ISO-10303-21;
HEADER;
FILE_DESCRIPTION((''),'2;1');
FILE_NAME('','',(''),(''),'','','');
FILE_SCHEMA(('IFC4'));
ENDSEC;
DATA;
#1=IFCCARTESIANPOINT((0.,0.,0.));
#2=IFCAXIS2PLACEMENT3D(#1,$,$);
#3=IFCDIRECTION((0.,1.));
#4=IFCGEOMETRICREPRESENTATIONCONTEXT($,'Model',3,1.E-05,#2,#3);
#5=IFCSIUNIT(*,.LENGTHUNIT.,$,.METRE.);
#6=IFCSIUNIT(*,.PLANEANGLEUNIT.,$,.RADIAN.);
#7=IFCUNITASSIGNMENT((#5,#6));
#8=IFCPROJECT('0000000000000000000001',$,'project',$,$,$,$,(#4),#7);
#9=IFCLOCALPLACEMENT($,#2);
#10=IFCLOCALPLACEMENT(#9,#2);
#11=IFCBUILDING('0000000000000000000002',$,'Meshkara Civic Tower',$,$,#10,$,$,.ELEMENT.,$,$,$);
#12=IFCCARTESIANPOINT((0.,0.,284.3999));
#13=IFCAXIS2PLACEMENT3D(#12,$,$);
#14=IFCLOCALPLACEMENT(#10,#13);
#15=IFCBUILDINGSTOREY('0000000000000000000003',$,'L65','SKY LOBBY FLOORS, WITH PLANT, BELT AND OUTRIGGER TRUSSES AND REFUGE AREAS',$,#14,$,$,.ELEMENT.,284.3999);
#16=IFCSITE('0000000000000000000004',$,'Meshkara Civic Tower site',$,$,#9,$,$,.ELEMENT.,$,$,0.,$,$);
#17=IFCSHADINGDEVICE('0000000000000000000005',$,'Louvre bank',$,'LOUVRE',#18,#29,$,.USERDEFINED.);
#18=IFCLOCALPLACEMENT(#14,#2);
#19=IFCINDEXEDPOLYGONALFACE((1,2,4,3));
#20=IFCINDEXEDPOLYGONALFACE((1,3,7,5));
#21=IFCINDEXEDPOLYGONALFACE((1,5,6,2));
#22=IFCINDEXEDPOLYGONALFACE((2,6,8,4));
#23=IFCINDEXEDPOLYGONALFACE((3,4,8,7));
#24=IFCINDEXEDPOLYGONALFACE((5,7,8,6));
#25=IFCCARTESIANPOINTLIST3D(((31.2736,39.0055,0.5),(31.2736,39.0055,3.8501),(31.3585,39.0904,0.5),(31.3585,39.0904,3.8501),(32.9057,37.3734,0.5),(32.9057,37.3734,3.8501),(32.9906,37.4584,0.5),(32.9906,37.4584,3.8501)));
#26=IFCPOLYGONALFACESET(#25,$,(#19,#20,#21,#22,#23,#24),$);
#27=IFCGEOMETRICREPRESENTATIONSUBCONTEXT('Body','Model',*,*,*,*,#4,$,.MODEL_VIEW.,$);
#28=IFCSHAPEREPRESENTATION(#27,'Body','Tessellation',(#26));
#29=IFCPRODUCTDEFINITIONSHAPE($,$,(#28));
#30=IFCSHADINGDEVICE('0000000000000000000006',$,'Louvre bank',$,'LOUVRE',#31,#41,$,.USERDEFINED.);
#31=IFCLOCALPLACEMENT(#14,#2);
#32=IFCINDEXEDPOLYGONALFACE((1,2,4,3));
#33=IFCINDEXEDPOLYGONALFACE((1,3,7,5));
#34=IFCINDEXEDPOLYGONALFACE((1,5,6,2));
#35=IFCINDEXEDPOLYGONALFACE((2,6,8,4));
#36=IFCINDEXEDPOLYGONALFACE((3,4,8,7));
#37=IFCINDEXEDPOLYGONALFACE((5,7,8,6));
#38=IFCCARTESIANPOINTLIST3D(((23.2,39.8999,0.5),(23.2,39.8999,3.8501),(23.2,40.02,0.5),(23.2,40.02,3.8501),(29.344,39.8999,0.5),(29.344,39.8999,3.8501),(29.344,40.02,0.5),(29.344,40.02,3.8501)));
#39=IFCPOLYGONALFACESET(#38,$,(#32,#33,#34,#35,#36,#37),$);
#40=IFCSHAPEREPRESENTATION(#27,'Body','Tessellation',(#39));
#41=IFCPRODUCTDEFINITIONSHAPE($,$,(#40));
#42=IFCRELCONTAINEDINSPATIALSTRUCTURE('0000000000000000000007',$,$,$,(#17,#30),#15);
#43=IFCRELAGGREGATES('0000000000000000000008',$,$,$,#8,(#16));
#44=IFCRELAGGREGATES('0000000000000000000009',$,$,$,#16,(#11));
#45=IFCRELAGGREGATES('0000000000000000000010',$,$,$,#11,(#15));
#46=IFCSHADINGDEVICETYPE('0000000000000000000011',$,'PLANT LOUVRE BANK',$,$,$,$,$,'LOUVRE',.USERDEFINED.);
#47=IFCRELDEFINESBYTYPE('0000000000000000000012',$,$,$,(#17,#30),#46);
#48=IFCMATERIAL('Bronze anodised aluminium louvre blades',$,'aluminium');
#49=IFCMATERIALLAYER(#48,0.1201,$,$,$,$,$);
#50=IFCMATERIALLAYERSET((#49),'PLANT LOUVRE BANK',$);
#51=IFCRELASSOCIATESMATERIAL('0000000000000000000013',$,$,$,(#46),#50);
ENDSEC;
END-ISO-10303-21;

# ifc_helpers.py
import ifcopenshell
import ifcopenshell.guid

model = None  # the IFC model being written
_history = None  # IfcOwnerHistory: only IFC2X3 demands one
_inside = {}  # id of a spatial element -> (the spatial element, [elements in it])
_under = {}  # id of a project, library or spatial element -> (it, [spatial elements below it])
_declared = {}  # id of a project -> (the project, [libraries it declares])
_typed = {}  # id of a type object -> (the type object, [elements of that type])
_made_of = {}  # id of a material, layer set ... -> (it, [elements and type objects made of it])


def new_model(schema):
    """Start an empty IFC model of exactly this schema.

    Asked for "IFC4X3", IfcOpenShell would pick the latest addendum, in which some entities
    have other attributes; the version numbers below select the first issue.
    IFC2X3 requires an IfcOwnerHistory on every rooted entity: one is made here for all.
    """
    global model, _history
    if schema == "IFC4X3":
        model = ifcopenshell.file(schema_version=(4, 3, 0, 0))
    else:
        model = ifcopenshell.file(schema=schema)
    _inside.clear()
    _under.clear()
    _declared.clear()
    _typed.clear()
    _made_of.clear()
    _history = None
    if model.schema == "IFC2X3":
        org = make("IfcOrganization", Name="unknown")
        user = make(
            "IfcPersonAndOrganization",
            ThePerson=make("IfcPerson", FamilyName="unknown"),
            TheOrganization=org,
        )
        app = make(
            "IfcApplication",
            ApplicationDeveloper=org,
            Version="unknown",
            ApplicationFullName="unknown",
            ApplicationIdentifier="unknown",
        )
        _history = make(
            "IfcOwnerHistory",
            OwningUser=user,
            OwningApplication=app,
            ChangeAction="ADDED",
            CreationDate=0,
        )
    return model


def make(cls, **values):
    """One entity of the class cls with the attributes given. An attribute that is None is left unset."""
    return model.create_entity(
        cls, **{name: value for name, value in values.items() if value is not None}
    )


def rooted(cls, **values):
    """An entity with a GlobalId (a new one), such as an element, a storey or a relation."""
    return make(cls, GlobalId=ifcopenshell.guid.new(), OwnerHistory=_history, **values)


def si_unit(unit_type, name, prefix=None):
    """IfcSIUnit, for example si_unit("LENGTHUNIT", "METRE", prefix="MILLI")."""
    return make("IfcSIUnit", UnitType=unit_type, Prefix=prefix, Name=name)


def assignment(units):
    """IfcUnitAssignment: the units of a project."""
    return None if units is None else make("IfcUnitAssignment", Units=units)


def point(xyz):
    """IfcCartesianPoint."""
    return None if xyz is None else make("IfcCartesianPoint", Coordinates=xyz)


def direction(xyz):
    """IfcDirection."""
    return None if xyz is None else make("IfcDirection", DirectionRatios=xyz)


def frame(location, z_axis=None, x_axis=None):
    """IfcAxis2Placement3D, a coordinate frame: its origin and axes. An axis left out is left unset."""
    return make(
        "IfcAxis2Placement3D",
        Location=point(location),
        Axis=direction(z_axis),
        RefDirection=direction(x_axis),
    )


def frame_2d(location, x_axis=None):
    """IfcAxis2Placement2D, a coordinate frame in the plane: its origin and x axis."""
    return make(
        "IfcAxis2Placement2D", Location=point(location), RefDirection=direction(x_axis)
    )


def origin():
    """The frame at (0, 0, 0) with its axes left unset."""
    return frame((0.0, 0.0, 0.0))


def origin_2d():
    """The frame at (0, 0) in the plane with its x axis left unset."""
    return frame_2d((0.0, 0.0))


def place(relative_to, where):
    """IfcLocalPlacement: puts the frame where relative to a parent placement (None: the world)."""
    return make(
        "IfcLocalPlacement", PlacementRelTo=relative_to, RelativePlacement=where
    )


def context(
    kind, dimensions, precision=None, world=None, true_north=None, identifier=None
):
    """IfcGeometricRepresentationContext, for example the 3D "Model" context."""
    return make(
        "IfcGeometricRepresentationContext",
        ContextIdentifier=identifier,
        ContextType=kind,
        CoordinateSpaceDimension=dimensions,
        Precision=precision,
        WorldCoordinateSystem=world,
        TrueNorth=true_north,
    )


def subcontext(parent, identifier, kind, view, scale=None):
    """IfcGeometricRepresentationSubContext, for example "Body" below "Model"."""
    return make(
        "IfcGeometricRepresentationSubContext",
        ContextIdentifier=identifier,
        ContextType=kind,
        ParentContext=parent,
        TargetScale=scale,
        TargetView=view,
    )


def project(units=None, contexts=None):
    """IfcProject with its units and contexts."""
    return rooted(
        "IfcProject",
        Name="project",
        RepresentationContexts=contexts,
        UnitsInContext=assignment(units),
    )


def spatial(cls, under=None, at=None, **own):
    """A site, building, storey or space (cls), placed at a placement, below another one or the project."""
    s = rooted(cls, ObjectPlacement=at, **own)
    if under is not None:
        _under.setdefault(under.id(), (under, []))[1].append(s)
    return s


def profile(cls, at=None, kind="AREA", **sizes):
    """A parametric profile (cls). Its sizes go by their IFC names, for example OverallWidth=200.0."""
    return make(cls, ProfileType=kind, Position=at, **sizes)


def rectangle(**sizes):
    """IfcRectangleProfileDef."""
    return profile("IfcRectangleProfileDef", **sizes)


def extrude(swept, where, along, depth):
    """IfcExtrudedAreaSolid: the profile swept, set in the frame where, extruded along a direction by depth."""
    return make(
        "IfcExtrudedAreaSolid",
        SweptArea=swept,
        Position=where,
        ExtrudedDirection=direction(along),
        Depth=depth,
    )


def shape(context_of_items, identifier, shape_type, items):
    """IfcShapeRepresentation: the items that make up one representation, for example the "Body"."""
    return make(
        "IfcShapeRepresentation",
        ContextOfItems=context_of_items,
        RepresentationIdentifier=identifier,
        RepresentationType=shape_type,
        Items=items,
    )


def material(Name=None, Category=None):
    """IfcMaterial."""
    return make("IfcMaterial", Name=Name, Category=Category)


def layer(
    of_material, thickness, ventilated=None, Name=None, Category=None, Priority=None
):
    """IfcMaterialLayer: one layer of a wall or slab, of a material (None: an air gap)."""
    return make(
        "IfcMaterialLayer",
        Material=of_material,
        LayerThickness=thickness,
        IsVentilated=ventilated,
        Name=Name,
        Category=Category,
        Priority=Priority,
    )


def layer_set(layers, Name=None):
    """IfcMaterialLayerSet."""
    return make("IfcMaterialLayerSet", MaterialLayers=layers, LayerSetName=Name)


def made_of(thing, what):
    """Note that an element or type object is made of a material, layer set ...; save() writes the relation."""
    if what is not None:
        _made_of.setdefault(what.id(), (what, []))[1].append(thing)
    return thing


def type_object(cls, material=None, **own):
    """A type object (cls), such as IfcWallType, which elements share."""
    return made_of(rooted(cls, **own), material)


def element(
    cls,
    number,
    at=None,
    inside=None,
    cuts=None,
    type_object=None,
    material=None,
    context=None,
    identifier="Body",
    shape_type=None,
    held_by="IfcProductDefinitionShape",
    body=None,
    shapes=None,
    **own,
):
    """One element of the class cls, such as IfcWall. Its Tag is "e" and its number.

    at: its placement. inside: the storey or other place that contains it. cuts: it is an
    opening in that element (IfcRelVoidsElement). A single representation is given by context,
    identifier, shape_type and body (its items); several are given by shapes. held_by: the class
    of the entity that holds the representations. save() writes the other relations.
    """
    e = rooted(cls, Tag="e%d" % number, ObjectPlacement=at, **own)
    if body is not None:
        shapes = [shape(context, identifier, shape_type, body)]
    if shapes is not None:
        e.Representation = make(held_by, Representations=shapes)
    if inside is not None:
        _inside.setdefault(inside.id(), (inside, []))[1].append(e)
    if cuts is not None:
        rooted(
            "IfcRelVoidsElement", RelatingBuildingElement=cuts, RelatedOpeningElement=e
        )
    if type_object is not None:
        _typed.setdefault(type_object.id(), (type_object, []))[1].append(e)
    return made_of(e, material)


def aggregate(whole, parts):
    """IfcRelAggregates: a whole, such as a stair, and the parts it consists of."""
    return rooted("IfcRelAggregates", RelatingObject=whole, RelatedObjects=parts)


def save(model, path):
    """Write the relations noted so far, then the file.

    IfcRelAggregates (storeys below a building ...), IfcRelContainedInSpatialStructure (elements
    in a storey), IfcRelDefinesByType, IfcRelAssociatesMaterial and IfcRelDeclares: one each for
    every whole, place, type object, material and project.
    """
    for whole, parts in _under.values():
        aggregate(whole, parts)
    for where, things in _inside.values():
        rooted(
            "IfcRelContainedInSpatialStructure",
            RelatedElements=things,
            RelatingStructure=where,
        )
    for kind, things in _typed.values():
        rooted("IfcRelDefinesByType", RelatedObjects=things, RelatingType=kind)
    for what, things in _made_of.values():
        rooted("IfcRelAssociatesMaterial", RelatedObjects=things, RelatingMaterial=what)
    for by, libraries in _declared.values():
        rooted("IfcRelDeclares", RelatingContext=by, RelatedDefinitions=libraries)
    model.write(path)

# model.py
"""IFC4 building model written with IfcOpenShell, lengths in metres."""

from ifc_helpers import new_model, si_unit, direction, frame, origin, origin_2d, place, context, subcontext, project, spatial, rectangle, extrude, material, layer, layer_set, type_object, element, save


model = new_model("IFC4")

# Units and contexts
model_context = context("Model", 3, precision=1e-05, world=origin(), true_north=direction((0.0, 1.0)))
body_context = subcontext(model_context, "Body", "Model", "MODEL_VIEW")
ifc_project = project(units=[si_unit("LENGTHUNIT", "METRE"), si_unit("PLANEANGLEUNIT", "RADIAN")], contexts=[model_context])

# Site, building, storey
site_placement = place(None, origin())
site = spatial("IfcSite", under=ifc_project, at=site_placement, Name="Meshkara Civic Tower site", CompositionType="ELEMENT", RefElevation=0.0)
building_placement = place(site_placement, origin())
building = spatial("IfcBuilding", under=site, at=building_placement, Name="Meshkara Civic Tower", CompositionType="ELEMENT")
storey_placement = place(building_placement, frame((0.0, 0.0, 284.3999)))
storey = spatial("IfcBuildingStorey", under=building, at=storey_placement, Name="L65", Description="SKY LOBBY FLOORS, WITH PLANT, BELT AND OUTRIGGER TRUSSES AND REFUGE AREAS", CompositionType="ELEMENT", Elevation=284.3999)

# Shading devices
ifc_material_1 = material(Name="Bronze anodised aluminium louvre blades", Category="aluminium")
ifc_layer_1 = layer(ifc_material_1, 0.1201)
ifc_layer_set_1 = layer_set([ifc_layer_1], Name="PLANT LOUVRE BANK")
shading_device_type = type_object("IfcShadingDeviceType", Name="PLANT LOUVRE BANK", ElementType="LOUVRE", PredefinedType="USERDEFINED", material=ifc_layer_set_1)
shading_device_1_placement = place(storey_placement, frame((32.1321, 38.2319, 0.5), z_axis=(0.0, 0.0, 1.0), x_axis=(-0.707107, 0.707107, 0.0)))
element("IfcShadingDevice", 1, at=shading_device_1_placement, inside=storey, type_object=shading_device_type, Name="Louvre bank", ObjectType="LOUVRE", PredefinedType="USERDEFINED", context=body_context, shape_type="SweptSolid", body=[
    extrude(rectangle(XDim=2.3081, YDim=0.1201, at=origin_2d()), origin(), (0.0, 0.0, 1.0), 3.3501),
])
shading_device_2_placement = place(storey_placement, frame((26.272, 39.96, 0.5), z_axis=(0.0, 0.0, 1.0), x_axis=(-1.0, 0.0, 0.0)))
element("IfcShadingDevice", 2, at=shading_device_2_placement, inside=storey, type_object=shading_device_type, Name="Louvre bank", ObjectType="LOUVRE", PredefinedType="USERDEFINED", context=body_context, shape_type="SweptSolid", body=[
    extrude(rectangle(XDim=6.144, YDim=0.1201, at=origin_2d()), origin(), (0.0, 0.0, 1.0), 3.3501),
])

save(model, "model.ifc")
